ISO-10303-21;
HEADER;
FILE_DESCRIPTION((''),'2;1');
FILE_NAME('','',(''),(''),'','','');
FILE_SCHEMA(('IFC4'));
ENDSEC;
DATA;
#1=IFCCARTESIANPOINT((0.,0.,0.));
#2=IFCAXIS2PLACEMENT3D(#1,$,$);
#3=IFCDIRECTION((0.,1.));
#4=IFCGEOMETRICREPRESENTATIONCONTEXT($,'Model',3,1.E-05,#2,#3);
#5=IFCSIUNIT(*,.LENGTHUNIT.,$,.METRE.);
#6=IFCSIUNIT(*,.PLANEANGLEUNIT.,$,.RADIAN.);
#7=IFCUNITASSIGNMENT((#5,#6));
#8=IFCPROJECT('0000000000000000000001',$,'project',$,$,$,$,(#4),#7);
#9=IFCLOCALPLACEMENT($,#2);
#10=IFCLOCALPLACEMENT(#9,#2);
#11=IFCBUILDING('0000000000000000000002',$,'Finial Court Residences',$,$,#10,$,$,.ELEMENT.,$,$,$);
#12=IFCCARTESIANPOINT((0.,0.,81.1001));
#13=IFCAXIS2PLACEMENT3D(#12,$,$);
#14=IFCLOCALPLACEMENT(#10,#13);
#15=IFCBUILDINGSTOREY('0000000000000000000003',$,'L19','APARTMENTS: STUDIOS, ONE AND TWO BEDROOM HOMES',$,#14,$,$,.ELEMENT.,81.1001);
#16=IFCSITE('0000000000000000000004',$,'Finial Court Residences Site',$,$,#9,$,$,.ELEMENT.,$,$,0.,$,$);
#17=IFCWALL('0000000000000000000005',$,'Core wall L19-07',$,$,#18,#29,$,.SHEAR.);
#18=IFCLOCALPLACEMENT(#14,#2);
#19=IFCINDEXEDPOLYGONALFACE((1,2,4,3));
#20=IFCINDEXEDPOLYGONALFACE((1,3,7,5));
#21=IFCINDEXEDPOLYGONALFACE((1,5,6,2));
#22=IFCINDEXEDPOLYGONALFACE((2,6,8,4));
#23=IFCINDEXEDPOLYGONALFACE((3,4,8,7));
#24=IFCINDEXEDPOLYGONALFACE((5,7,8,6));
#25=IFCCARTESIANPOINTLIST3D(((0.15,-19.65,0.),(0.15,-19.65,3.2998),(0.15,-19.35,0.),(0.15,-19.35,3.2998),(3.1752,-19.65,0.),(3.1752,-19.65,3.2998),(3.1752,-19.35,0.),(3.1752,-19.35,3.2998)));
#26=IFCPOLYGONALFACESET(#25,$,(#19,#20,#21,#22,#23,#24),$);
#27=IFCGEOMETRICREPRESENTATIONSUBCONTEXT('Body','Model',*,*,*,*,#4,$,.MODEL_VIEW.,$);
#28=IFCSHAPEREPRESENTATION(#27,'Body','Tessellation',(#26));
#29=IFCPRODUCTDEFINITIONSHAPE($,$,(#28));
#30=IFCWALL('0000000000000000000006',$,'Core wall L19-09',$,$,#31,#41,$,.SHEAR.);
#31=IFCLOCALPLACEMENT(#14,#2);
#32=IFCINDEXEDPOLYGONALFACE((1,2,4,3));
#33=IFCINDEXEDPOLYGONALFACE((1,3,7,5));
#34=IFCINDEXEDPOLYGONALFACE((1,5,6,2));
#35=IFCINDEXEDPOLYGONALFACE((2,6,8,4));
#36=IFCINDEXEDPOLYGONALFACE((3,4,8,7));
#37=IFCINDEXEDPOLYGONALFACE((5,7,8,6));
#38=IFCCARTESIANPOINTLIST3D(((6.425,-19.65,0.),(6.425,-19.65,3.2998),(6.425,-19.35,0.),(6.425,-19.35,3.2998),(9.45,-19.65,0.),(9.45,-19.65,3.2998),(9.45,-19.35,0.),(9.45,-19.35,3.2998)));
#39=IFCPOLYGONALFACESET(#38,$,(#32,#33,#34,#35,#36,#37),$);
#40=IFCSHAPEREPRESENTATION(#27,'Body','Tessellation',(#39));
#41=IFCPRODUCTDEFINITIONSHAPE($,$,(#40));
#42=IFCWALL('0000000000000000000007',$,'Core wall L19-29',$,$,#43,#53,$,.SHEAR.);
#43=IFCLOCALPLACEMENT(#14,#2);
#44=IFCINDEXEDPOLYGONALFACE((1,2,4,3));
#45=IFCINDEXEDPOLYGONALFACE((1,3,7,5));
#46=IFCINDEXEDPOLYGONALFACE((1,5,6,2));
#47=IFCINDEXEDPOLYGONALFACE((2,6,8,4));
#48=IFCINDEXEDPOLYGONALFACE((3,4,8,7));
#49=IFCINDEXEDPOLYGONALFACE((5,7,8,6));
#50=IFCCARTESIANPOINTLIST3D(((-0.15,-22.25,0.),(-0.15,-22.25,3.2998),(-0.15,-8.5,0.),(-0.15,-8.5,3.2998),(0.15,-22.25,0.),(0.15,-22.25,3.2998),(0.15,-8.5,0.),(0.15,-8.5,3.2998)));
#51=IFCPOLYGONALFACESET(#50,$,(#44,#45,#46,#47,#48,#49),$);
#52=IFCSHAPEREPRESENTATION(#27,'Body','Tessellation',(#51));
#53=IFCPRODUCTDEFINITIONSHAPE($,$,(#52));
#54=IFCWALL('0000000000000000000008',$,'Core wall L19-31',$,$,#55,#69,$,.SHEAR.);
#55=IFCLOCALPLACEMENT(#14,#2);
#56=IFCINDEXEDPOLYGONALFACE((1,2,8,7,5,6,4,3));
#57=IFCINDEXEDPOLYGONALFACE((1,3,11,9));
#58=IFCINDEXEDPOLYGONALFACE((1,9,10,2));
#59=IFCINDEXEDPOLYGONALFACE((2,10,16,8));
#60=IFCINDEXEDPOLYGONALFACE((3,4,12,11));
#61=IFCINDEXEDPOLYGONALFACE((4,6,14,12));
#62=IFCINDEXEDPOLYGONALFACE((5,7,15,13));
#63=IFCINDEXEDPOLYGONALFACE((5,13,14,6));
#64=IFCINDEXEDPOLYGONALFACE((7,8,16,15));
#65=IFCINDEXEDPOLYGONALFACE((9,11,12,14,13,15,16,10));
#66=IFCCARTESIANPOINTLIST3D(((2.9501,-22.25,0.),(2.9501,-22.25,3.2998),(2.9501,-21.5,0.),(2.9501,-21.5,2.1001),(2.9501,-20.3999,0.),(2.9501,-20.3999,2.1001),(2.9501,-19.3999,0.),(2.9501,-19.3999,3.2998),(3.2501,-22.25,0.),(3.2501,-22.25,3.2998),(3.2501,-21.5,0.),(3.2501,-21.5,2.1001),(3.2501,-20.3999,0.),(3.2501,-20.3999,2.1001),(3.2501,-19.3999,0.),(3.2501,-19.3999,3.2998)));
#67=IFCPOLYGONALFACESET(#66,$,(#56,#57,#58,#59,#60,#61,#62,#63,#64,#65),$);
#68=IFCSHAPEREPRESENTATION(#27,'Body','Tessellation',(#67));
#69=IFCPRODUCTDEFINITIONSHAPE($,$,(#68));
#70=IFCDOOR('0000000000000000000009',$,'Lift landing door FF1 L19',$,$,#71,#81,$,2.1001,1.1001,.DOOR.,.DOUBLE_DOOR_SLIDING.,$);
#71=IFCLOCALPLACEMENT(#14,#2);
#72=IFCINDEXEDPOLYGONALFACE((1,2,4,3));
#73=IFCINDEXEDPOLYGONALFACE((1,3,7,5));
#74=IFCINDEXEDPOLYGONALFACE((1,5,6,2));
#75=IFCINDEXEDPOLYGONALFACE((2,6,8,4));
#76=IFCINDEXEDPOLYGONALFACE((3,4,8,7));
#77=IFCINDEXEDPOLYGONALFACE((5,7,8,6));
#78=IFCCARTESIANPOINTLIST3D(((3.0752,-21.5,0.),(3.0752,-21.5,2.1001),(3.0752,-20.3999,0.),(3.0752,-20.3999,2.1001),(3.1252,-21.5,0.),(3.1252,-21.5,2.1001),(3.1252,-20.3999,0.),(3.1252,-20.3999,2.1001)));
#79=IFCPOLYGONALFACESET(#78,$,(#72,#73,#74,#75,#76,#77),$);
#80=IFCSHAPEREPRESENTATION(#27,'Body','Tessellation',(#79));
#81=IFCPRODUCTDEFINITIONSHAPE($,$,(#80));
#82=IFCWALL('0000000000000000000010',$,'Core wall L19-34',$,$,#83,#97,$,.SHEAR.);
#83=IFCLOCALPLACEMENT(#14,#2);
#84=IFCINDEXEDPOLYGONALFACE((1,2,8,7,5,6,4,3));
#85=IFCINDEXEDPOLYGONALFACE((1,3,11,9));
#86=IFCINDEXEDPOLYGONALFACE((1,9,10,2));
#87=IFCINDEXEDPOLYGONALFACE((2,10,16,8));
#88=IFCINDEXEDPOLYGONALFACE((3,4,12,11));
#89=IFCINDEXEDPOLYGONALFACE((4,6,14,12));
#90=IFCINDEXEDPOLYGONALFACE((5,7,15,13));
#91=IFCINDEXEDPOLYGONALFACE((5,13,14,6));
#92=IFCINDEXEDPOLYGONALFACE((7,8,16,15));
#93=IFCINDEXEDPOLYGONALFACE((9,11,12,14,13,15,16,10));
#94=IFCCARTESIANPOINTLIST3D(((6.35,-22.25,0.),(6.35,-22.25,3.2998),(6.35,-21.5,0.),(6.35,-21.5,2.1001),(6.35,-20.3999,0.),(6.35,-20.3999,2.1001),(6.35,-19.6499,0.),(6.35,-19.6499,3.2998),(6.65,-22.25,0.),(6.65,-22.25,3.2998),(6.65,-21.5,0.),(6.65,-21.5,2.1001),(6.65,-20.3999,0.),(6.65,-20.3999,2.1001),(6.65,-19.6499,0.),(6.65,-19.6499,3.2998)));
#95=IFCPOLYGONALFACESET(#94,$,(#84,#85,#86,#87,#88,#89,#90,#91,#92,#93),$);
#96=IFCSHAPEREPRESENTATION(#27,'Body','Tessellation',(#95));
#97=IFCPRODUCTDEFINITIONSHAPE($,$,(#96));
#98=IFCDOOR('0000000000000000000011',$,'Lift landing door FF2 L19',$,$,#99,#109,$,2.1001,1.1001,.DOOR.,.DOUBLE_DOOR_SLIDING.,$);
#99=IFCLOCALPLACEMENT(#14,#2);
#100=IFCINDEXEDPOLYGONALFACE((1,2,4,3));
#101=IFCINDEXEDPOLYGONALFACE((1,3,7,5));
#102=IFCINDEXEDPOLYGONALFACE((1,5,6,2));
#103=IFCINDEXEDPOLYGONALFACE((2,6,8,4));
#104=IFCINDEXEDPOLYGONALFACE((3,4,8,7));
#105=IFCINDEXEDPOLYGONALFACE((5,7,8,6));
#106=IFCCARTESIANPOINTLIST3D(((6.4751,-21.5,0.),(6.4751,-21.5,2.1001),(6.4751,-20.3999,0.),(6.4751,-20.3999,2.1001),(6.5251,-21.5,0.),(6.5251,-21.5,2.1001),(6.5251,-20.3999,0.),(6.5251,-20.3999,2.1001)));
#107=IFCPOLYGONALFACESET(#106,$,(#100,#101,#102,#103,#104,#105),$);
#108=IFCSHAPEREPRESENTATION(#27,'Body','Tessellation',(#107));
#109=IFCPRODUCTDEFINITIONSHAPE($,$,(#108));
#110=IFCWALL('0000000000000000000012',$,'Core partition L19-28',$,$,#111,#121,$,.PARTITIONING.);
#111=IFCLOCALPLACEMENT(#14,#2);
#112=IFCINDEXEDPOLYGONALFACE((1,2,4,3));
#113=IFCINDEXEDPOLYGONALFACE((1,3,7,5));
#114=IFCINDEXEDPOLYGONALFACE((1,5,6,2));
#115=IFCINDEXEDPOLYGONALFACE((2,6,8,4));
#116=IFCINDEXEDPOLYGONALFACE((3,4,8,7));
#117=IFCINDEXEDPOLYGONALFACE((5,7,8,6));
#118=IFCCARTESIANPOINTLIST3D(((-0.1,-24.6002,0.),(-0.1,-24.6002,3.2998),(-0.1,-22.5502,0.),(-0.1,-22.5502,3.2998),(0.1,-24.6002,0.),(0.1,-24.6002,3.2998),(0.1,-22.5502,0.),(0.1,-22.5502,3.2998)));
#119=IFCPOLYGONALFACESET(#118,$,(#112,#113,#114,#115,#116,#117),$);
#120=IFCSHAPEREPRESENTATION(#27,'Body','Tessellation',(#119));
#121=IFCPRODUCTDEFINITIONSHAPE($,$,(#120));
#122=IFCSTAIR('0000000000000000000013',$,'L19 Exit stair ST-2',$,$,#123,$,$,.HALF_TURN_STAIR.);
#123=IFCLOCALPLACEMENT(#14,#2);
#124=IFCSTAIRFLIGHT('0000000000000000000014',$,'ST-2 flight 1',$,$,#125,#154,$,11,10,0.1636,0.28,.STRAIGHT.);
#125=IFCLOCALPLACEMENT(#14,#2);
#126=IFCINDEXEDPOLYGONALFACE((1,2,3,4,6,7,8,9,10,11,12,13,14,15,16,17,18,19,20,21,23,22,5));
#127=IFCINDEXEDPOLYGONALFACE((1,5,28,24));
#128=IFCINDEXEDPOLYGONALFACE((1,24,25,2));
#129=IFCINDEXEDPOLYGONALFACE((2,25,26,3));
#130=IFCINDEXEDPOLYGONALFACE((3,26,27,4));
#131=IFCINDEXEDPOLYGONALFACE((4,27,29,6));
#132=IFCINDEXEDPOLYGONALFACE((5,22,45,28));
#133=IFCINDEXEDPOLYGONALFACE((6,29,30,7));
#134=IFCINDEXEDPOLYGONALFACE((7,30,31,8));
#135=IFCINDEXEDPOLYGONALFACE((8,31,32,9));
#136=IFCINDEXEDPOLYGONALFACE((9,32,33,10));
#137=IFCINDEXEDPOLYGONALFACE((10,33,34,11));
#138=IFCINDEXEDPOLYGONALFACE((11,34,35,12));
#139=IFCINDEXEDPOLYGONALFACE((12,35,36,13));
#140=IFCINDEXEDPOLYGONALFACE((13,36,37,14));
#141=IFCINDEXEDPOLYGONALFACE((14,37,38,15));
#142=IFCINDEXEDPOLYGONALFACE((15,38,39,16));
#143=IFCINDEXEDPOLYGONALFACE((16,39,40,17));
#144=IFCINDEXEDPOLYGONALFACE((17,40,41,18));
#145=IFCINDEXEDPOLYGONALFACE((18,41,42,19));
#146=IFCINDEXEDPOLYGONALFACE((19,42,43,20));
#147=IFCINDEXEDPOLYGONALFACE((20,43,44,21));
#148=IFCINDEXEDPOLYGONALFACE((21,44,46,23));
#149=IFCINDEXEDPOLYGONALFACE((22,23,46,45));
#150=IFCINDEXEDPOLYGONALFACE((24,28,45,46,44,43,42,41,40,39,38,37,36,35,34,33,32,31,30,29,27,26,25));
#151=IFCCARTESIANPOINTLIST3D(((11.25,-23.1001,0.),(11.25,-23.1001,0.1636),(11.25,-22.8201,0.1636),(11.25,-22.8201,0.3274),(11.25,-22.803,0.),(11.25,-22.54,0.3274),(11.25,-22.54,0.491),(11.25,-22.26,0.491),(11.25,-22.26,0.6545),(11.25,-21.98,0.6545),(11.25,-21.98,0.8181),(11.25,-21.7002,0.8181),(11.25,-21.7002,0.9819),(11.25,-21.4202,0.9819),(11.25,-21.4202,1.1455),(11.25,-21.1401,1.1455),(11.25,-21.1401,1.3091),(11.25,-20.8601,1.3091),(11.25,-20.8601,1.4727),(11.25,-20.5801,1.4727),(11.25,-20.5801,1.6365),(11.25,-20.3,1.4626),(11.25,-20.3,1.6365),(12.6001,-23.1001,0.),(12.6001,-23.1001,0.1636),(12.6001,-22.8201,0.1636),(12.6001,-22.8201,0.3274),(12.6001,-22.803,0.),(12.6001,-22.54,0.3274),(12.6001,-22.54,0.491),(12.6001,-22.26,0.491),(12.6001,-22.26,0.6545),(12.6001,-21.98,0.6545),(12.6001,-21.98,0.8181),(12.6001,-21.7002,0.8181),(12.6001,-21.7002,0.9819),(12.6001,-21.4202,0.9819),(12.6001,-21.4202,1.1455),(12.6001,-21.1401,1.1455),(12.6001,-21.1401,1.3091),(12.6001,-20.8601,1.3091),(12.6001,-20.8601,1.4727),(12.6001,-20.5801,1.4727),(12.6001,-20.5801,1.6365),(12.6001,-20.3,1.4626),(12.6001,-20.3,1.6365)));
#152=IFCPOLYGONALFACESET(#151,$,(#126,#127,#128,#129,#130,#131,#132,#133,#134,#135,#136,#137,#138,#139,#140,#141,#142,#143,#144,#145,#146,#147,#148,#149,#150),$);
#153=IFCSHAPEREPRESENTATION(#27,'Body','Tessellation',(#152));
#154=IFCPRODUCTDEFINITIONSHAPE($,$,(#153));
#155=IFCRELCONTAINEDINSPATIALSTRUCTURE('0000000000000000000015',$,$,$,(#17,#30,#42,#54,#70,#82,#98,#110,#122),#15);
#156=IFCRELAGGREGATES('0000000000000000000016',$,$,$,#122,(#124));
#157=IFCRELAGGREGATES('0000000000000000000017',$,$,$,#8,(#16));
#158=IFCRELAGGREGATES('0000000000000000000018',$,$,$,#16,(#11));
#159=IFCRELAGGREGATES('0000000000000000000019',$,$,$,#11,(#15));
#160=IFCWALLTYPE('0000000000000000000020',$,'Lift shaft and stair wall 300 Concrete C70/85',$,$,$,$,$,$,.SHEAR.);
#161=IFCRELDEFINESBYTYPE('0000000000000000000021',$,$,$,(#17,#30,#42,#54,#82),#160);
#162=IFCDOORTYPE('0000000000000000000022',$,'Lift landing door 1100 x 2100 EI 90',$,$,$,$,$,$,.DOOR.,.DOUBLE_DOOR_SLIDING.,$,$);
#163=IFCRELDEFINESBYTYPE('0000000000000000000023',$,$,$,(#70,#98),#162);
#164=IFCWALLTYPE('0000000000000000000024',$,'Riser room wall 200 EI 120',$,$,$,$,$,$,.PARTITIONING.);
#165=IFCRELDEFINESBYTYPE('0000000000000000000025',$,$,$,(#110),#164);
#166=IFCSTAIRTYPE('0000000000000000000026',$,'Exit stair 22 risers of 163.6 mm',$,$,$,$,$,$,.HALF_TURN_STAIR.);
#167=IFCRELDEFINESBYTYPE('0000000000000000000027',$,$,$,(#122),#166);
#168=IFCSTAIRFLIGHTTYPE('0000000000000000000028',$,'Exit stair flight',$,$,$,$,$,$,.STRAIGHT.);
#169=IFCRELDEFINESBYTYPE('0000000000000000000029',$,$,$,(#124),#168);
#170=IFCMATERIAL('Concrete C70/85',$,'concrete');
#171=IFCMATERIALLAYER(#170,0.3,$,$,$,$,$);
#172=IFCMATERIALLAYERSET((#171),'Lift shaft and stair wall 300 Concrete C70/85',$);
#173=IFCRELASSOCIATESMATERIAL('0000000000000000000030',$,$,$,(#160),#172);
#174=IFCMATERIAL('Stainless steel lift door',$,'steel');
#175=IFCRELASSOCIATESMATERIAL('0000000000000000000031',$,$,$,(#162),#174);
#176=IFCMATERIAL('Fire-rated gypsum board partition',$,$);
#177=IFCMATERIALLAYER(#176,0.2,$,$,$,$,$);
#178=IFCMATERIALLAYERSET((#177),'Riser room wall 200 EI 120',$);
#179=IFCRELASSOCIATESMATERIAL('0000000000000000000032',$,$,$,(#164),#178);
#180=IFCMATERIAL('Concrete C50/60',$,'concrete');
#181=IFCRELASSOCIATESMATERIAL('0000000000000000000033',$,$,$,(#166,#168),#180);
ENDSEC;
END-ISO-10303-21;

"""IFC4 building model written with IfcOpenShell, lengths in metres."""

from ifc_helpers import new_model, si_unit, direction, frame, frame_2d, origin, place, context, subcontext, project, spatial, polyline, rectangle, outline, extrude, material, layer, layer_set, type_object, element, fill, aggregate, save


model = new_model("IFC4")

# Units and contexts
model_context = context("Model", 3, precision=1e-05, world=origin(), true_north=direction((0.0, 1.0)))
body_context = subcontext(model_context, "Body", "Model", "MODEL_VIEW")
ifc_project = project(units=[si_unit("LENGTHUNIT", "METRE"), si_unit("PLANEANGLEUNIT", "RADIAN")], contexts=[model_context])

# Site, building, storey
site_placement = place(None, origin())
site = spatial("IfcSite", under=ifc_project, at=site_placement, Name="Finial Court Residences Site", CompositionType="ELEMENT", RefElevation=0.0)
building_placement = place(site_placement, origin())
building = spatial("IfcBuilding", under=site, at=building_placement, Name="Finial Court Residences", CompositionType="ELEMENT")
storey_placement = place(building_placement, frame((0.0, 0.0, 81.1001)))
storey = spatial("IfcBuildingStorey", under=building, at=storey_placement, Name="L19", Description="APARTMENTS: STUDIOS, ONE AND TWO BEDROOM HOMES", CompositionType="ELEMENT", Elevation=81.1001)

# Shared definitions
ifc_material_1 = material(Name="Concrete C70/85", Category="concrete")

# Shared definitions
ifc_material_2 = material(Name="Fire-rated gypsum board partition")

# Walls
ifc_layer_1 = layer(ifc_material_1, 0.3)
ifc_layer_set_1 = layer_set([ifc_layer_1], Name="Lift shaft and stair wall 300 Concrete C70/85")
wall_type_1 = type_object("IfcWallType", Name="Lift shaft and stair wall 300 Concrete C70/85", PredefinedType="SHEAR", material=ifc_layer_set_1)
wall_1_placement = place(storey_placement, frame((0.1499, -19.5, 0.0), z_axis=(0.0, 0.0, 1.0), x_axis=(1.0, 0.0, 0.0)))
element("IfcWall", 1, at=wall_1_placement, inside=storey, type_object=wall_type_1, Name="Core wall L19-07", PredefinedType="SHEAR", context=body_context, shape_type="SweptSolid", body=[
    extrude(rectangle(XDim=3.0251, YDim=0.3, at=frame_2d((1.5127, 0.0))), origin(), (0.0, 0.0, 1.0), 3.2998),
])
wall_2_placement = place(storey_placement, frame((6.425, -19.5, 0.0), z_axis=(0.0, 0.0, 1.0), x_axis=(1.0, 0.0, 0.0)))
element("IfcWall", 2, at=wall_2_placement, inside=storey, type_object=wall_type_1, Name="Core wall L19-09", PredefinedType="SHEAR", context=body_context, shape_type="SweptSolid", body=[
    extrude(rectangle(XDim=3.0249, YDim=0.3, at=frame_2d((1.5125, 0.0))), origin(), (0.0, 0.0, 1.0), 3.2998),
])
wall_3_placement = place(storey_placement, frame((0.0, -22.25, 0.0), z_axis=(0.0, 0.0, 1.0), x_axis=(0.0, 1.0, 0.0)))
element("IfcWall", 3, at=wall_3_placement, inside=storey, type_object=wall_type_1, Name="Core wall L19-29", PredefinedType="SHEAR", context=body_context, shape_type="SweptSolid", body=[
    extrude(rectangle(XDim=13.75, YDim=0.3, at=frame_2d((6.875, 0.0))), origin(), (0.0, 0.0, 1.0), 3.2998),
])

# Walls, openings, doors
wall_4_placement = place(storey_placement, frame((3.1001, -22.25, 0.0), z_axis=(0.0, 0.0, 1.0), x_axis=(0.0, 1.0, 0.0)))
wall_4 = element("IfcWall", 4, at=wall_4_placement, inside=storey, type_object=wall_type_1, Name="Core wall L19-31", PredefinedType="SHEAR", context=body_context, shape_type="SweptSolid", body=[
    extrude(rectangle(XDim=2.8501, YDim=0.3, at=frame_2d((1.425, 0.0))), origin(), (0.0, 0.0, 1.0), 3.2998),
])
opening_1_placement = place(wall_4_placement, frame((0.75, 0.0, 0.0)))
opening_1 = element("IfcOpeningElement", 5, at=opening_1_placement, cuts=wall_4, PredefinedType="OPENING", context=body_context, shape_type="SweptSolid", body=[
    extrude(rectangle(XDim=1.1001, YDim=2.1001, at=frame_2d((0.55, 1.05))), frame((0.0, 0.1599, 0.0), z_axis=(0.0, -1.0, 0.0), x_axis=(1.0, 0.0, 0.0)), (0.0, 0.0, 1.0), 0.3201),
])
ifc_material_3 = material(Name="Stainless steel lift door", Category="steel")
door_type_1 = type_object("IfcDoorType", Name="Lift landing door 1100 x 2100 EI 90", OperationType="DOUBLE_DOOR_SLIDING", PredefinedType="DOOR", material=ifc_material_3)
door_1_placement = place(opening_1_placement, origin())
door_1 = element("IfcDoor", 6, at=door_1_placement, inside=storey, type_object=door_type_1, Name="Lift landing door FF1 L19", OperationType="DOUBLE_DOOR_SLIDING", OverallHeight=2.1001, OverallWidth=1.1001, PredefinedType="DOOR", context=body_context, shape_type="SweptSolid", body=[
    extrude(rectangle(XDim=1.1001, YDim=2.1001, at=frame_2d((0.55, 1.05))), frame((0.0, 0.0249, 0.0), z_axis=(0.0, -1.0, 0.0), x_axis=(1.0, 0.0, 0.0)), (0.0, 0.0, 1.0), 0.05),
])
fill(opening_1, door_1)
wall_5_placement = place(storey_placement, frame((6.5, -22.25, 0.0), z_axis=(0.0, 0.0, 1.0), x_axis=(0.0, 1.0, 0.0)))
wall_5 = element("IfcWall", 7, at=wall_5_placement, inside=storey, type_object=wall_type_1, Name="Core wall L19-34", PredefinedType="SHEAR", context=body_context, shape_type="SweptSolid", body=[
    extrude(rectangle(XDim=2.6001, YDim=0.3, at=frame_2d((1.3, 0.0))), origin(), (0.0, 0.0, 1.0), 3.2998),
])
opening_2_placement = place(wall_5_placement, frame((0.75, 0.0, 0.0)))
opening_2 = element("IfcOpeningElement", 8, at=opening_2_placement, cuts=wall_5, PredefinedType="OPENING", context=body_context, shape_type="SweptSolid", body=[
    extrude(rectangle(XDim=1.1001, YDim=2.1001, at=frame_2d((0.55, 1.05))), frame((0.0, 0.1599, 0.0), z_axis=(0.0, -1.0, 0.0), x_axis=(1.0, 0.0, 0.0)), (0.0, 0.0, 1.0), 0.3201),
])
door_2_placement = place(opening_2_placement, origin())
door_2 = element("IfcDoor", 9, at=door_2_placement, inside=storey, type_object=door_type_1, Name="Lift landing door FF2 L19", OperationType="DOUBLE_DOOR_SLIDING", OverallHeight=2.1001, OverallWidth=1.1001, PredefinedType="DOOR", context=body_context, shape_type="SweptSolid", body=[
    extrude(rectangle(XDim=1.1001, YDim=2.1001, at=frame_2d((0.55, 1.05))), frame((0.0, 0.0249, 0.0), z_axis=(0.0, -1.0, 0.0), x_axis=(1.0, 0.0, 0.0)), (0.0, 0.0, 1.0), 0.05),
])
fill(opening_2, door_2)

# Wall
ifc_layer_2 = layer(ifc_material_2, 0.2)
ifc_layer_set_2 = layer_set([ifc_layer_2], Name="Riser room wall 200 EI 120")
wall_type_2 = type_object("IfcWallType", Name="Riser room wall 200 EI 120", PredefinedType="PARTITIONING", material=ifc_layer_set_2)
wall_6_placement = place(storey_placement, frame((0.0, -24.6001, 0.0), z_axis=(0.0, 0.0, 1.0), x_axis=(0.0, 1.0, 0.0)))
element("IfcWall", 10, at=wall_6_placement, inside=storey, type_object=wall_type_2, Name="Core partition L19-28", PredefinedType="PARTITIONING", context=body_context, shape_type="SweptSolid", body=[
    extrude(rectangle(XDim=2.05, YDim=0.2, at=frame_2d((1.0249, 0.0))), origin(), (0.0, 0.0, 1.0), 3.2998),
])

# Stair, stair flight
ifc_material_4 = material(Name="Concrete C50/60", Category="concrete")
stair_type = type_object("IfcStairType", Name="Exit stair 22 risers of 163.6 mm", PredefinedType="HALF_TURN_STAIR", material=ifc_material_4)
stair_placement = place(storey_placement, origin())
stair = element("IfcStair", 11, at=stair_placement, inside=storey, type_object=stair_type, Name="L19 Exit stair ST-2", PredefinedType="HALF_TURN_STAIR")
stair_flight_type = type_object("IfcStairFlightType", Name="Exit stair flight", PredefinedType="STRAIGHT", material=ifc_material_4)
stair_flight_1_placement = place(storey_placement, frame((11.925, -23.1001, 0.0), z_axis=(0.0, 0.0, 1.0), x_axis=(0.0, 1.0, 0.0)))
stair_flight_1 = element("IfcStairFlight", 12, at=stair_flight_1_placement, type_object=stair_flight_type, Name="ST-2 flight 1", NumberOfRisers=11, NumberOfTreads=10, PredefinedType="STRAIGHT", RiserHeight=0.1636, TreadLength=0.28, context=body_context, shape_type="SweptSolid", body=[
    extrude(outline(polyline([(0.0, 0.0), (0.0, 0.1636), (0.28, 0.1636), (0.28, 0.3274), (0.5601, 0.3274), (0.5601, 0.491), (0.8401, 0.491), (0.8401, 0.6545), (1.1201, 0.6545), (1.1201, 0.8181), (1.3999, 0.8181), (1.3999, 0.9819), (1.6799, 0.9819), (1.6799, 1.1455), (1.96, 1.1455), (1.96, 1.3091), (2.24, 1.3091), (2.24, 1.4727), (2.52, 1.4727), (2.52, 1.6365), (2.8, 1.6365), (2.8, 1.8), (2.8, 1.4626), (0.2971, 0.0), (0.0, 0.0)])), frame((0.0, 0.675, 0.0), z_axis=(0.0, -1.0, 0.0), x_axis=(1.0, 0.0, 0.0)), (0.0, 0.0, 1.0), 1.3501),
])
aggregate(stair, [stair_flight_1])

save(model, "model.ifc")
